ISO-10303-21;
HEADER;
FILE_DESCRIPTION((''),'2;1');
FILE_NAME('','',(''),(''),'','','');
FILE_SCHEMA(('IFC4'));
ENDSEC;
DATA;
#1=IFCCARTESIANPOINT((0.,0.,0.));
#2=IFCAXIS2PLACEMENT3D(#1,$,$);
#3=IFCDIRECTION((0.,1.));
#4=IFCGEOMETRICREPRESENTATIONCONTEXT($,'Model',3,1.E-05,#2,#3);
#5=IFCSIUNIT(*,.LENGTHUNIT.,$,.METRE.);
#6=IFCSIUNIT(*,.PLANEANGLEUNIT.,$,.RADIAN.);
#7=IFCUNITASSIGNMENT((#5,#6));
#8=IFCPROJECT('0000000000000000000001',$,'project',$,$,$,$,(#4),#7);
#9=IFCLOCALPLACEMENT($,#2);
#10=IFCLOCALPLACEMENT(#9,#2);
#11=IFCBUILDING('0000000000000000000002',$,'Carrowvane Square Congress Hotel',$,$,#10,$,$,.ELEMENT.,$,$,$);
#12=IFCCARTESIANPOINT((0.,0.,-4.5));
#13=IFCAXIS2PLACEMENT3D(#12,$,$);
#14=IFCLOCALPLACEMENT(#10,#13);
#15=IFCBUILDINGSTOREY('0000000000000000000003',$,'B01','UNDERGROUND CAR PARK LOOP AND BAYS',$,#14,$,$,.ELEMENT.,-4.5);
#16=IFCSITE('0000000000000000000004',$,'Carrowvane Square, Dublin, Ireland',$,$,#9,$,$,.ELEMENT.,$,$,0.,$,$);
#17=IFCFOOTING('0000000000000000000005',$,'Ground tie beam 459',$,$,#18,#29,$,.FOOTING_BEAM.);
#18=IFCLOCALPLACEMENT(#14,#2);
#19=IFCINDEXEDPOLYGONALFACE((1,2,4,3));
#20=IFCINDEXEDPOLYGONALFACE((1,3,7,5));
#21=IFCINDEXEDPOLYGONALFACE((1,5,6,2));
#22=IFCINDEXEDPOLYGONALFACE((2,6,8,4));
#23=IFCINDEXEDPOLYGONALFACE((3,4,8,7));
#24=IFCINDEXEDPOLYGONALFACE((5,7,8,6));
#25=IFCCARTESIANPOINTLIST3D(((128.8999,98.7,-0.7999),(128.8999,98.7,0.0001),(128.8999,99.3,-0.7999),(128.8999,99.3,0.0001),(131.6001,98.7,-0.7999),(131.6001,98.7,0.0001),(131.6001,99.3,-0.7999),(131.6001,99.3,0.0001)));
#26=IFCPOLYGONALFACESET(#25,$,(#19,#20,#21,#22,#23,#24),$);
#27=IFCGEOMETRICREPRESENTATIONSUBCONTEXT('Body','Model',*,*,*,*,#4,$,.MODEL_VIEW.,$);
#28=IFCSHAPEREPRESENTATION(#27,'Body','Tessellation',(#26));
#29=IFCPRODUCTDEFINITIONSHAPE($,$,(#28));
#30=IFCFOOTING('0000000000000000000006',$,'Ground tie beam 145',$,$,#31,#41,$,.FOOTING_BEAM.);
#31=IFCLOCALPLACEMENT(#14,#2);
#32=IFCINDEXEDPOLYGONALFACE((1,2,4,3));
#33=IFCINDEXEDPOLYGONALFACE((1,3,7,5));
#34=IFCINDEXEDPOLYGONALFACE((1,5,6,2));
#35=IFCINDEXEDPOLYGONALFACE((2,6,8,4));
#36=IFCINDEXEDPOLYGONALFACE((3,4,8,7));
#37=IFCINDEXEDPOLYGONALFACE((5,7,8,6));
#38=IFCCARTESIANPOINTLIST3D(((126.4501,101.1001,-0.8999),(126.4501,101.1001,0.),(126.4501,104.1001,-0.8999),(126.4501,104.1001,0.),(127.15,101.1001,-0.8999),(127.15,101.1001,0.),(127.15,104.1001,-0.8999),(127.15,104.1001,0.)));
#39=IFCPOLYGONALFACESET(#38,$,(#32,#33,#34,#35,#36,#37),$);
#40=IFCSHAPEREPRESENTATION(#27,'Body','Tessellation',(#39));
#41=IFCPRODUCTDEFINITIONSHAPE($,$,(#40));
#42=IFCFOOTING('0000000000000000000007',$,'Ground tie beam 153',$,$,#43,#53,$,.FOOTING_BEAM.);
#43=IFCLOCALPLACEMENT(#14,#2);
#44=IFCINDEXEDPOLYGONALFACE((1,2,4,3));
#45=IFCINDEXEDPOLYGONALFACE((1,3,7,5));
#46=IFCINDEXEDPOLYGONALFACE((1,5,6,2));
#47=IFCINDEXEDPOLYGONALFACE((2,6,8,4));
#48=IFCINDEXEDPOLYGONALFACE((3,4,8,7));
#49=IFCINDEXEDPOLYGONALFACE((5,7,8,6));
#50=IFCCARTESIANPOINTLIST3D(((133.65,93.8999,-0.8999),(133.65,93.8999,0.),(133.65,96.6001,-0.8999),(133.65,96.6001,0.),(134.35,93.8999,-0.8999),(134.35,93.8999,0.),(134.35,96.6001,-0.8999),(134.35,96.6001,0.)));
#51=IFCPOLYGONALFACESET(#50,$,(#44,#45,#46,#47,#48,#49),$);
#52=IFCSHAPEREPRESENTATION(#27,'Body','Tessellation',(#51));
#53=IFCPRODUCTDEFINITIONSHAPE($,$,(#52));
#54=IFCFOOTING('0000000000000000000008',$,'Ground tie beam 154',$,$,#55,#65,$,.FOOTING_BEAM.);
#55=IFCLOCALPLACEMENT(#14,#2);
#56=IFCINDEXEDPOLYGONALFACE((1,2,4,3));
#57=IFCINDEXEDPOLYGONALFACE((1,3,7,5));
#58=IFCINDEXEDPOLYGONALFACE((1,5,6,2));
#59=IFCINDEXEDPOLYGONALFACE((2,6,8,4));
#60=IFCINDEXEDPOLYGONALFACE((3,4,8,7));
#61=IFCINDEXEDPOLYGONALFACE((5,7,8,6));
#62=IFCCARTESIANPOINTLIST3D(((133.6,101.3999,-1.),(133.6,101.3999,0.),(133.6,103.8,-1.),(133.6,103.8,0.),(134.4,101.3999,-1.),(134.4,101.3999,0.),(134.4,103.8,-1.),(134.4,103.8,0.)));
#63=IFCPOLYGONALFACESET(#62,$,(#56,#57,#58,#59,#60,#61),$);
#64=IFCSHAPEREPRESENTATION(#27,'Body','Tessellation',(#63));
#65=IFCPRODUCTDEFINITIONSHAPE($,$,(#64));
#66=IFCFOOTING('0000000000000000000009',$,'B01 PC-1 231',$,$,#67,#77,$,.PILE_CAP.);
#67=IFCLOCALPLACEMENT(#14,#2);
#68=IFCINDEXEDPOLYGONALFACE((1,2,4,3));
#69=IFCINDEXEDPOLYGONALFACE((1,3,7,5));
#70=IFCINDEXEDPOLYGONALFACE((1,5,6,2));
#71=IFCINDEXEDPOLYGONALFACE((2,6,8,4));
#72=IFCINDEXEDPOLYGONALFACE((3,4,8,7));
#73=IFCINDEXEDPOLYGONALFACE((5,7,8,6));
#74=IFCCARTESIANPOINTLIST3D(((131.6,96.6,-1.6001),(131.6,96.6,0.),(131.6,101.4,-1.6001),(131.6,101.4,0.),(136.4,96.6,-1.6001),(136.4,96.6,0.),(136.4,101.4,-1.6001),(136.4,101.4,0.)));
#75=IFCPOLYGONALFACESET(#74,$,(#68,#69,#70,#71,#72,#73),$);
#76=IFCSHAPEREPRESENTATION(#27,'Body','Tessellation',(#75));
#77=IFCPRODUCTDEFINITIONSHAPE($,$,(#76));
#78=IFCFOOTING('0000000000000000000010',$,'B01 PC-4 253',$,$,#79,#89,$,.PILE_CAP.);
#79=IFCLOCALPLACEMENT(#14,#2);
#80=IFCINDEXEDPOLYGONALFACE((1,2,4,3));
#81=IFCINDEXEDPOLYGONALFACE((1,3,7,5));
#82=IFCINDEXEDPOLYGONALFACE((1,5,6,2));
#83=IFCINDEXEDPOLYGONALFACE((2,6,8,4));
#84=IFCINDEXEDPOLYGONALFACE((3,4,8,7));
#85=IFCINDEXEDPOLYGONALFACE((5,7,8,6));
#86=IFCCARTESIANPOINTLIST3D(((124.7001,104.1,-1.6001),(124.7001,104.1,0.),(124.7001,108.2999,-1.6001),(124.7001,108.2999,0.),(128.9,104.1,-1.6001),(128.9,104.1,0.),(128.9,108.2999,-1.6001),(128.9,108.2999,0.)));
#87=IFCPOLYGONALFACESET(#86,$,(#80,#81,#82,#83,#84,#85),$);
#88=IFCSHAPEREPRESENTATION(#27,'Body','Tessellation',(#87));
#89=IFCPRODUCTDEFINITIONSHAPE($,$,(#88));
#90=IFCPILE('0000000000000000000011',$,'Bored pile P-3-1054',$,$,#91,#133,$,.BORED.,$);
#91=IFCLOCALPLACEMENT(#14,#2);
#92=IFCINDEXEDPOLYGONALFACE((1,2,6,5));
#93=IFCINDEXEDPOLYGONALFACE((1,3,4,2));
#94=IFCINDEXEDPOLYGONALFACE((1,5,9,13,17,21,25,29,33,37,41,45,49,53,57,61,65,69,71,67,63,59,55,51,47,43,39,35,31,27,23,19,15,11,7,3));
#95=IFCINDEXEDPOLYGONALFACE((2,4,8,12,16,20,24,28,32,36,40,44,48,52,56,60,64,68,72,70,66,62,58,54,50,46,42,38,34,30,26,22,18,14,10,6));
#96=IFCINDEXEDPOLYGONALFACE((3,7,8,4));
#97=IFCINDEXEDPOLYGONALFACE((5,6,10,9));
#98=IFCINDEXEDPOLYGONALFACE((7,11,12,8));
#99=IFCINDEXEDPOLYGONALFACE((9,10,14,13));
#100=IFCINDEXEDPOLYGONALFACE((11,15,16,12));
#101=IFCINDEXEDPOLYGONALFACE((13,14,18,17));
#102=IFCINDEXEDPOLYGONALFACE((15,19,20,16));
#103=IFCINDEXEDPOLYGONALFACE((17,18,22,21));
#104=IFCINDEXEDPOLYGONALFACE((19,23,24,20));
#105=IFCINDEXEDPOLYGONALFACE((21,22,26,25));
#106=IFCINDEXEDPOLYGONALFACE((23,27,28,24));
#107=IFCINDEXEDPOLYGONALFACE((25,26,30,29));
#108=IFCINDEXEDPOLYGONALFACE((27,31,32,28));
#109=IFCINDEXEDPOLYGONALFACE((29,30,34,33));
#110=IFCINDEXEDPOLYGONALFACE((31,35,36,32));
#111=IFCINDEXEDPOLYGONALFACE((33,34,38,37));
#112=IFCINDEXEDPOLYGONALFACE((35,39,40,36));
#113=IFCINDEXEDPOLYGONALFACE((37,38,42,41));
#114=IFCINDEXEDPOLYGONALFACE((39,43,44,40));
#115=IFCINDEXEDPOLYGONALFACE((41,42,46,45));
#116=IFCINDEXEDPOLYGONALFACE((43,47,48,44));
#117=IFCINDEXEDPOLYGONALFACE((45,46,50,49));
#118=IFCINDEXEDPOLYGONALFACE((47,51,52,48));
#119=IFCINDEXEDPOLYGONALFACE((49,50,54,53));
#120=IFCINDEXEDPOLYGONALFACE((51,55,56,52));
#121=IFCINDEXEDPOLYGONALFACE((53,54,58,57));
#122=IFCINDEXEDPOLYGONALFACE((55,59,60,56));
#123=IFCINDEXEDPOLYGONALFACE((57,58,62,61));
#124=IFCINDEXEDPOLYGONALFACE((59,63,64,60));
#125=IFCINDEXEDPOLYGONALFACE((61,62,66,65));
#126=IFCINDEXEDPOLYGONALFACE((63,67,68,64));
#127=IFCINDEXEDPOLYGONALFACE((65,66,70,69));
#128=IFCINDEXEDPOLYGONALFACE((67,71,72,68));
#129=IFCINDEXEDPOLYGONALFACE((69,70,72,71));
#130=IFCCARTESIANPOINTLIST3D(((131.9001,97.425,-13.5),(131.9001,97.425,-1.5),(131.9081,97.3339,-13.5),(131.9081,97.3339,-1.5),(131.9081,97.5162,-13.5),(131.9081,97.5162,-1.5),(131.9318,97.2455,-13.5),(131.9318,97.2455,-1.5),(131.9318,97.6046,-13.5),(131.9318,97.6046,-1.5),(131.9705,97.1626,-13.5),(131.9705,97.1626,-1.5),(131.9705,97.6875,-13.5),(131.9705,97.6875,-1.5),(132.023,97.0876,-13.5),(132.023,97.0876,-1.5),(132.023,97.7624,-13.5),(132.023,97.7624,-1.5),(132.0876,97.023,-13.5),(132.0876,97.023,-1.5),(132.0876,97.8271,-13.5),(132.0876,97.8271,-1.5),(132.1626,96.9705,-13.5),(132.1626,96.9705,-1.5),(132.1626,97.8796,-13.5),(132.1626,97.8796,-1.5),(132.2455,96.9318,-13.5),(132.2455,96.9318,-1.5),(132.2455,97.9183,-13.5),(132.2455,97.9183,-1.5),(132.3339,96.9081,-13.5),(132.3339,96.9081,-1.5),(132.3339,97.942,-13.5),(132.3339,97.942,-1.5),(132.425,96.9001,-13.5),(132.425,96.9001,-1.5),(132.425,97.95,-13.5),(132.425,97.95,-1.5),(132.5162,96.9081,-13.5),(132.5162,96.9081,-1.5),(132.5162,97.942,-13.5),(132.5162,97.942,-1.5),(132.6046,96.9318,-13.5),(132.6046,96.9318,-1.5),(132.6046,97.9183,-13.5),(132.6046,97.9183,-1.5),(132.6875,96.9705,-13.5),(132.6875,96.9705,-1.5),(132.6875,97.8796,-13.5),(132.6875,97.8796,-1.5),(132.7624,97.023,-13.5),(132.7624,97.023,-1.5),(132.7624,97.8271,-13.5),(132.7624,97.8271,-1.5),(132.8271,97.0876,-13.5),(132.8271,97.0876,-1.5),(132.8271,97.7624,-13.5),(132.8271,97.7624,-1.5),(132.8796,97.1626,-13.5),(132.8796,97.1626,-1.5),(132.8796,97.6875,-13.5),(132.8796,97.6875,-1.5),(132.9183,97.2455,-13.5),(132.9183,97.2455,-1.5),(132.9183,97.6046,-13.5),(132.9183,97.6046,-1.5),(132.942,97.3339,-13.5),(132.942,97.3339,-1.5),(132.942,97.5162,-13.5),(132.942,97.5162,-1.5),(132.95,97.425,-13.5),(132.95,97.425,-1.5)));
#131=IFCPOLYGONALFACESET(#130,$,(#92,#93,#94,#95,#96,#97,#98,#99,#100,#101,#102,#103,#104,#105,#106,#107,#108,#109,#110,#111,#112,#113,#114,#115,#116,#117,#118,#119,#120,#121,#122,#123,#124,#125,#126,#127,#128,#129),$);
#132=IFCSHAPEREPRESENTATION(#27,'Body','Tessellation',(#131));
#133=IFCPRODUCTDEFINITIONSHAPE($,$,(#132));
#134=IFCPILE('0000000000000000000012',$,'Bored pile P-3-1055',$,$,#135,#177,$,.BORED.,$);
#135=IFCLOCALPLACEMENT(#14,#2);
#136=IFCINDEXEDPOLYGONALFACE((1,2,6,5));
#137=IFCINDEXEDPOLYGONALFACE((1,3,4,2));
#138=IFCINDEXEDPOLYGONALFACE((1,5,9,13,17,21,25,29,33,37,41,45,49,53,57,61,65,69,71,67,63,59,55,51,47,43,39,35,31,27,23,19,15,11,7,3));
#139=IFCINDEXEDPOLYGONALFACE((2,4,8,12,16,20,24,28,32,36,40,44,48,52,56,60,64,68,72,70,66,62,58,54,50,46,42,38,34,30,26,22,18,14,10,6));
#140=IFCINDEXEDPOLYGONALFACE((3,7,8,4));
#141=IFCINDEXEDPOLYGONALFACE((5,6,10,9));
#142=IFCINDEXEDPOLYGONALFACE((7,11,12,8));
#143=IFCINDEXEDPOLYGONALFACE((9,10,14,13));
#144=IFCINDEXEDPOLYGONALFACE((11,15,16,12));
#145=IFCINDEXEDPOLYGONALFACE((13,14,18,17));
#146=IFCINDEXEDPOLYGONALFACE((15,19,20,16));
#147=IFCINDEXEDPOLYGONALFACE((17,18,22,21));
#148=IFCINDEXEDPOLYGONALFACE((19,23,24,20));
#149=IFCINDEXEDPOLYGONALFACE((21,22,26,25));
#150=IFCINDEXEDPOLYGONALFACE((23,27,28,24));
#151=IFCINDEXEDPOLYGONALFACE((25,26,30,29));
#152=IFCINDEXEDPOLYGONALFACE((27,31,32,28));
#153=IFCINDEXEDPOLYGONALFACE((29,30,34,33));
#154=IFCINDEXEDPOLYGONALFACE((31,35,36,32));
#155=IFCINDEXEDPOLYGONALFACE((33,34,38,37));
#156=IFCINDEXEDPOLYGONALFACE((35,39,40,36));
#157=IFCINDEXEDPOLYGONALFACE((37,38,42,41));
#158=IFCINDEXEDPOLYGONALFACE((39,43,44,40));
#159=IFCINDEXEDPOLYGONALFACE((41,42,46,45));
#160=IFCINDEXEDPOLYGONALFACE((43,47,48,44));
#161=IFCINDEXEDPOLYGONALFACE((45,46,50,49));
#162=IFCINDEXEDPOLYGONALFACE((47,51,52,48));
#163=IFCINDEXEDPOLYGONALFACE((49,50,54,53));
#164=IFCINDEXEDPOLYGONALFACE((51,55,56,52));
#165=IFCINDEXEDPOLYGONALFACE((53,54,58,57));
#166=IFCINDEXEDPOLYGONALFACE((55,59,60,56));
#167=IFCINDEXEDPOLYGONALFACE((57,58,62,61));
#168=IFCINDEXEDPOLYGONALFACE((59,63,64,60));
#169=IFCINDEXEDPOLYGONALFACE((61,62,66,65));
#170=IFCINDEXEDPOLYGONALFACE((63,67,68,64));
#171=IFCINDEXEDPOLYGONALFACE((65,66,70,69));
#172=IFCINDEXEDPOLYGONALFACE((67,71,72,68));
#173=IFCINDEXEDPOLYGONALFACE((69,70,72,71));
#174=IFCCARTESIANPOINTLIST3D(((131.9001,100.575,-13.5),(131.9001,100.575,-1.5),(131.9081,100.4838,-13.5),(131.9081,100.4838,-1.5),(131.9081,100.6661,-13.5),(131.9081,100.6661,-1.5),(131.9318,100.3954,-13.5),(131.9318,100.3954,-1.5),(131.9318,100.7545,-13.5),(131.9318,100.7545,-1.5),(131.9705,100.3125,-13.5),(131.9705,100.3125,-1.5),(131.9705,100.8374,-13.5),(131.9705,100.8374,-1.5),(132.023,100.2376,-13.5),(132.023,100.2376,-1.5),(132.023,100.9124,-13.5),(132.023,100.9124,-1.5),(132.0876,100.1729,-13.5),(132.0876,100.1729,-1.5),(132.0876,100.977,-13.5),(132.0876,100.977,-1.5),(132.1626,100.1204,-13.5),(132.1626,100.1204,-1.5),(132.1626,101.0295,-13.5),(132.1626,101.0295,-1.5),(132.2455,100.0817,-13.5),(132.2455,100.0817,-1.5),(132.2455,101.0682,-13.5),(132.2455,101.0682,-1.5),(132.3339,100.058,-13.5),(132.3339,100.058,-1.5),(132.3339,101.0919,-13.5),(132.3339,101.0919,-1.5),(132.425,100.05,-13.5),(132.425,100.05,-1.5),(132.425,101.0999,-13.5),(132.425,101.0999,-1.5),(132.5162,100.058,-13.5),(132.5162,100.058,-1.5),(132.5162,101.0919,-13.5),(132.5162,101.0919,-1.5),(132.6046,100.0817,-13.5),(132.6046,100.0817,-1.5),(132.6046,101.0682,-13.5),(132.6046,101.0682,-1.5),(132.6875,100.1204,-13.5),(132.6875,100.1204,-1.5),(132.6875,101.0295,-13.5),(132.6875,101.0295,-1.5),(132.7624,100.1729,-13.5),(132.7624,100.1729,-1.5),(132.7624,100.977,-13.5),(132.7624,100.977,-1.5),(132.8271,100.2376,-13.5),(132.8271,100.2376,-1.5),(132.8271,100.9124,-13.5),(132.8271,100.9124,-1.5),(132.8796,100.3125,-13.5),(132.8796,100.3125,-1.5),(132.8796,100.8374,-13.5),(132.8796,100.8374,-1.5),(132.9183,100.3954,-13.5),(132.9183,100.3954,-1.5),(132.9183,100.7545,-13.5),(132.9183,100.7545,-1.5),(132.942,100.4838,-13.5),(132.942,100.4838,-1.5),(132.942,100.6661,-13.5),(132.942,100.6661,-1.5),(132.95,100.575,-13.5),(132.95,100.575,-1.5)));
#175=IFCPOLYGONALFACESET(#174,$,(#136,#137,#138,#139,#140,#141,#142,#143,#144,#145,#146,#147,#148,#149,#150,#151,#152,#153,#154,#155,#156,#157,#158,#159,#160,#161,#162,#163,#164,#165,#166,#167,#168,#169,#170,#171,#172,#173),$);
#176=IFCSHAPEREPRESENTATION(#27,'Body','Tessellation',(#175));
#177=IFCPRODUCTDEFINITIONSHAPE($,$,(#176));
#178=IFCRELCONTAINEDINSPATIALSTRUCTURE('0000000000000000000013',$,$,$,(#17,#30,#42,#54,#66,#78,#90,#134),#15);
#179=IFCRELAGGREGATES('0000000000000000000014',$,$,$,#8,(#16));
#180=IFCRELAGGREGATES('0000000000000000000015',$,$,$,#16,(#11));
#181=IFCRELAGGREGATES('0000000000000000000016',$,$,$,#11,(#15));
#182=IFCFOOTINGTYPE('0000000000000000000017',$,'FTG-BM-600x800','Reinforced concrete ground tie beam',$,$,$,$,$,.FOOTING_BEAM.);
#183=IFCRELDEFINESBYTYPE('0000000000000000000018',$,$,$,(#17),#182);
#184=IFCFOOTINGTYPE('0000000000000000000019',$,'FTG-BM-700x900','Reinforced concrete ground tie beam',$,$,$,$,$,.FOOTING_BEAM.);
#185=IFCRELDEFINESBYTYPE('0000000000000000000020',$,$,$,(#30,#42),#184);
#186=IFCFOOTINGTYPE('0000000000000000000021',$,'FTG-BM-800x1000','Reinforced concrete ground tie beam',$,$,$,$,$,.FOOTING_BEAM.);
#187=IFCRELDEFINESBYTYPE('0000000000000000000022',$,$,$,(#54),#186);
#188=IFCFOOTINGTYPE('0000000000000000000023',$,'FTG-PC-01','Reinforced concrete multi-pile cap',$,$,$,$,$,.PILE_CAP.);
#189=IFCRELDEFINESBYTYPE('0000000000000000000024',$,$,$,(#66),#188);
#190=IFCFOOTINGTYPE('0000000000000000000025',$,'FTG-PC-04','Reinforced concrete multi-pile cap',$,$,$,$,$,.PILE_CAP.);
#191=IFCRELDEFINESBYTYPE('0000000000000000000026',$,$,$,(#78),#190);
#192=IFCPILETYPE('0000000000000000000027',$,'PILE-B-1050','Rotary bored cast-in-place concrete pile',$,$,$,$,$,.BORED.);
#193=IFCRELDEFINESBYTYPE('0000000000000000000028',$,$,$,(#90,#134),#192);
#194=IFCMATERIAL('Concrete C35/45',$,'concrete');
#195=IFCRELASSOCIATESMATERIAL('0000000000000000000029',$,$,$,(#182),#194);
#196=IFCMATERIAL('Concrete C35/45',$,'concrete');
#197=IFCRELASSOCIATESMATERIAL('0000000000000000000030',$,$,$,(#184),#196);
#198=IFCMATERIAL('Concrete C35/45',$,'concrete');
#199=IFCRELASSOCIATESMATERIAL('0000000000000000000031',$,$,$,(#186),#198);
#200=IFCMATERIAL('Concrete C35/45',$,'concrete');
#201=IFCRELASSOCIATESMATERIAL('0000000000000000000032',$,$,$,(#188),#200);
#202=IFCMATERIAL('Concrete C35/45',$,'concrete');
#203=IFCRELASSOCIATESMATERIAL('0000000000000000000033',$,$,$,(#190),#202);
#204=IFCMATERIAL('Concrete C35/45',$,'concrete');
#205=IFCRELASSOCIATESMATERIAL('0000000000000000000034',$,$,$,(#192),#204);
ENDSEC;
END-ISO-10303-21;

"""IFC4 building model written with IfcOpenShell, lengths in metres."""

from ifc_helpers import new_model, si_unit, direction, frame, origin, origin_2d, place, context, subcontext, project, spatial, rectangle, circle, extrude, material, material_profile, profile_set, type_object, element, save


model = new_model("IFC4")

# Units and contexts
model_context = context("Model", 3, precision=1e-05, world=origin(), true_north=direction((0.0, 1.0)))
body_context = subcontext(model_context, "Body", "Model", "MODEL_VIEW")
ifc_project = project(units=[si_unit("LENGTHUNIT", "METRE"), si_unit("PLANEANGLEUNIT", "RADIAN")], contexts=[model_context])

# Site, building, storey
site_placement = place(None, origin())
site = spatial("IfcSite", under=ifc_project, at=site_placement, Name="Carrowvane Square, Dublin, Ireland", CompositionType="ELEMENT", RefElevation=0.0)
building_placement = place(site_placement, origin())
building = spatial("IfcBuilding", under=site, at=building_placement, Name="Carrowvane Square Congress Hotel", CompositionType="ELEMENT")
storey_placement = place(building_placement, frame((0.0, 0.0, -4.5)))
storey = spatial("IfcBuildingStorey", under=building, at=storey_placement, Name="B01", Description="UNDERGROUND CAR PARK LOOP AND BAYS", CompositionType="ELEMENT", Elevation=-4.5)

# Footings
ifc_material_1 = material(Name="Concrete C35/45", Category="concrete")
ifc_material_profile_1 = material_profile(ifc_material_1, rectangle(XDim=0.6001, YDim=0.8, at=origin_2d()), Name="RC 600x800")
ifc_profile_set_1 = profile_set([ifc_material_profile_1], Name="Concrete C35/45")
footing_type_1 = type_object("IfcFootingType", Name="FTG-BM-600x800", Description="Reinforced concrete ground tie beam", PredefinedType="FOOTING_BEAM", material=ifc_profile_set_1)
footing_1_placement = place(storey_placement, frame((128.8999, 99.0, -0.3999), z_axis=(1.0, 0.0, 0.0), x_axis=(0.0, 1.0, 0.0)))
element("IfcFooting", 1, at=footing_1_placement, inside=storey, type_object=footing_type_1, Name="Ground tie beam 459", PredefinedType="FOOTING_BEAM", context=body_context, shape_type="SweptSolid", body=[
    extrude(rectangle(XDim=0.6001, YDim=0.8, at=origin_2d()), origin(), (0.0, 0.0, 1.0), 2.7002),
])
ifc_material_2 = material(Name="Concrete C35/45", Category="concrete")
ifc_material_profile_2 = material_profile(ifc_material_2, rectangle(XDim=0.7, YDim=0.8999, at=origin_2d()), Name="RC 700x900")
ifc_profile_set_2 = profile_set([ifc_material_profile_2], Name="Concrete C35/45")
footing_type_2 = type_object("IfcFootingType", Name="FTG-BM-700x900", Description="Reinforced concrete ground tie beam", PredefinedType="FOOTING_BEAM", material=ifc_profile_set_2)
footing_2_placement = place(storey_placement, frame((126.8, 101.1001, -0.45), z_axis=(0.0, 1.0, 0.0), x_axis=(-1.0, 0.0, 0.0)))
element("IfcFooting", 2, at=footing_2_placement, inside=storey, type_object=footing_type_2, Name="Ground tie beam 145", PredefinedType="FOOTING_BEAM", context=body_context, shape_type="SweptSolid", body=[
    extrude(rectangle(XDim=0.7, YDim=0.8999, at=origin_2d()), origin(), (0.0, 0.0, 1.0), 3.0),
])
footing_3_placement = place(storey_placement, frame((134.0, 93.8999, -0.45), z_axis=(0.0, 1.0, 0.0), x_axis=(-1.0, 0.0, 0.0)))
element("IfcFooting", 3, at=footing_3_placement, inside=storey, type_object=footing_type_2, Name="Ground tie beam 153", PredefinedType="FOOTING_BEAM", context=body_context, shape_type="SweptSolid", body=[
    extrude(rectangle(XDim=0.7, YDim=0.8999, at=origin_2d()), origin(), (0.0, 0.0, 1.0), 2.7002),
])
ifc_material_3 = material(Name="Concrete C35/45", Category="concrete")
ifc_material_profile_3 = material_profile(ifc_material_3, rectangle(XDim=0.8, YDim=1.0, at=origin_2d()), Name="RC 800x1000")
ifc_profile_set_3 = profile_set([ifc_material_profile_3], Name="Concrete C35/45")
footing_type_3 = type_object("IfcFootingType", Name="FTG-BM-800x1000", Description="Reinforced concrete ground tie beam", PredefinedType="FOOTING_BEAM", material=ifc_profile_set_3)
footing_4_placement = place(storey_placement, frame((134.0, 101.3999, -0.5), z_axis=(0.0, 1.0, 0.0), x_axis=(-1.0, 0.0, 0.0)))
element("IfcFooting", 4, at=footing_4_placement, inside=storey, type_object=footing_type_3, Name="Ground tie beam 154", PredefinedType="FOOTING_BEAM", context=body_context, shape_type="SweptSolid", body=[
    extrude(rectangle(XDim=0.8, YDim=1.0, at=origin_2d()), origin(), (0.0, 0.0, 1.0), 2.4001),
])
ifc_material_4 = material(Name="Concrete C35/45", Category="concrete")
footing_type_4 = type_object("IfcFootingType", Name="FTG-PC-01", Description="Reinforced concrete multi-pile cap", PredefinedType="PILE_CAP", material=ifc_material_4)
footing_5_placement = place(storey_placement, frame((134.0, 99.0, -1.6001), z_axis=(0.0, 0.0, 1.0), x_axis=(1.0, 0.0, 0.0)))
element("IfcFooting", 5, at=footing_5_placement, inside=storey, type_object=footing_type_4, Name="B01 PC-1 231", PredefinedType="PILE_CAP", context=body_context, shape_type="SweptSolid", body=[
    extrude(rectangle(XDim=4.8, YDim=4.8, at=origin_2d()), origin(), (0.0, 0.0, 1.0), 1.6001),
])
ifc_material_5 = material(Name="Concrete C35/45", Category="concrete")
footing_type_5 = type_object("IfcFootingType", Name="FTG-PC-04", Description="Reinforced concrete multi-pile cap", PredefinedType="PILE_CAP", material=ifc_material_5)
footing_6_placement = place(storey_placement, frame((126.8, 106.2, -1.6001), z_axis=(0.0, 0.0, 1.0), x_axis=(1.0, 0.0, 0.0)))
element("IfcFooting", 6, at=footing_6_placement, inside=storey, type_object=footing_type_5, Name="B01 PC-4 253", PredefinedType="PILE_CAP", context=body_context, shape_type="SweptSolid", body=[
    extrude(rectangle(XDim=4.2, YDim=4.2, at=origin_2d()), origin(), (0.0, 0.0, 1.0), 1.6001),
])

# Piles
ifc_material_6 = material(Name="Concrete C35/45", Category="concrete")
ifc_material_profile_4 = material_profile(ifc_material_6, circle(Radius=0.5249, at=origin_2d()), Name="PILE D1050")
ifc_profile_set_4 = profile_set([ifc_material_profile_4], Name="Concrete C35/45")
pile_type_1 = type_object("IfcPileType", Name="PILE-B-1050", Description="Rotary bored cast-in-place concrete pile", PredefinedType="BORED", material=ifc_profile_set_4)
for number, where, z_axis, x_axis, name in (
    (7, (132.425, 97.425, -1.5), (0.0, 0.0, -1.0), (1.0, 0.0, 0.0), "Bored pile P-3-1054"),
    (8, (132.425, 100.575, -1.5), (0.0, 0.0, -1.0), (1.0, 0.0, 0.0), "Bored pile P-3-1055"),
):
    element("IfcPile", number, at=place(storey_placement, frame(where, z_axis=z_axis, x_axis=x_axis)), inside=storey, type_object=pile_type_1, Name=name, PredefinedType="BORED", context=body_context, shape_type="SweptSolid", body=[
        extrude(circle(Radius=0.5249, at=origin_2d()), origin(), (0.0, 0.0, 1.0), 12.0),
    ])

save(model, "model.ifc")
